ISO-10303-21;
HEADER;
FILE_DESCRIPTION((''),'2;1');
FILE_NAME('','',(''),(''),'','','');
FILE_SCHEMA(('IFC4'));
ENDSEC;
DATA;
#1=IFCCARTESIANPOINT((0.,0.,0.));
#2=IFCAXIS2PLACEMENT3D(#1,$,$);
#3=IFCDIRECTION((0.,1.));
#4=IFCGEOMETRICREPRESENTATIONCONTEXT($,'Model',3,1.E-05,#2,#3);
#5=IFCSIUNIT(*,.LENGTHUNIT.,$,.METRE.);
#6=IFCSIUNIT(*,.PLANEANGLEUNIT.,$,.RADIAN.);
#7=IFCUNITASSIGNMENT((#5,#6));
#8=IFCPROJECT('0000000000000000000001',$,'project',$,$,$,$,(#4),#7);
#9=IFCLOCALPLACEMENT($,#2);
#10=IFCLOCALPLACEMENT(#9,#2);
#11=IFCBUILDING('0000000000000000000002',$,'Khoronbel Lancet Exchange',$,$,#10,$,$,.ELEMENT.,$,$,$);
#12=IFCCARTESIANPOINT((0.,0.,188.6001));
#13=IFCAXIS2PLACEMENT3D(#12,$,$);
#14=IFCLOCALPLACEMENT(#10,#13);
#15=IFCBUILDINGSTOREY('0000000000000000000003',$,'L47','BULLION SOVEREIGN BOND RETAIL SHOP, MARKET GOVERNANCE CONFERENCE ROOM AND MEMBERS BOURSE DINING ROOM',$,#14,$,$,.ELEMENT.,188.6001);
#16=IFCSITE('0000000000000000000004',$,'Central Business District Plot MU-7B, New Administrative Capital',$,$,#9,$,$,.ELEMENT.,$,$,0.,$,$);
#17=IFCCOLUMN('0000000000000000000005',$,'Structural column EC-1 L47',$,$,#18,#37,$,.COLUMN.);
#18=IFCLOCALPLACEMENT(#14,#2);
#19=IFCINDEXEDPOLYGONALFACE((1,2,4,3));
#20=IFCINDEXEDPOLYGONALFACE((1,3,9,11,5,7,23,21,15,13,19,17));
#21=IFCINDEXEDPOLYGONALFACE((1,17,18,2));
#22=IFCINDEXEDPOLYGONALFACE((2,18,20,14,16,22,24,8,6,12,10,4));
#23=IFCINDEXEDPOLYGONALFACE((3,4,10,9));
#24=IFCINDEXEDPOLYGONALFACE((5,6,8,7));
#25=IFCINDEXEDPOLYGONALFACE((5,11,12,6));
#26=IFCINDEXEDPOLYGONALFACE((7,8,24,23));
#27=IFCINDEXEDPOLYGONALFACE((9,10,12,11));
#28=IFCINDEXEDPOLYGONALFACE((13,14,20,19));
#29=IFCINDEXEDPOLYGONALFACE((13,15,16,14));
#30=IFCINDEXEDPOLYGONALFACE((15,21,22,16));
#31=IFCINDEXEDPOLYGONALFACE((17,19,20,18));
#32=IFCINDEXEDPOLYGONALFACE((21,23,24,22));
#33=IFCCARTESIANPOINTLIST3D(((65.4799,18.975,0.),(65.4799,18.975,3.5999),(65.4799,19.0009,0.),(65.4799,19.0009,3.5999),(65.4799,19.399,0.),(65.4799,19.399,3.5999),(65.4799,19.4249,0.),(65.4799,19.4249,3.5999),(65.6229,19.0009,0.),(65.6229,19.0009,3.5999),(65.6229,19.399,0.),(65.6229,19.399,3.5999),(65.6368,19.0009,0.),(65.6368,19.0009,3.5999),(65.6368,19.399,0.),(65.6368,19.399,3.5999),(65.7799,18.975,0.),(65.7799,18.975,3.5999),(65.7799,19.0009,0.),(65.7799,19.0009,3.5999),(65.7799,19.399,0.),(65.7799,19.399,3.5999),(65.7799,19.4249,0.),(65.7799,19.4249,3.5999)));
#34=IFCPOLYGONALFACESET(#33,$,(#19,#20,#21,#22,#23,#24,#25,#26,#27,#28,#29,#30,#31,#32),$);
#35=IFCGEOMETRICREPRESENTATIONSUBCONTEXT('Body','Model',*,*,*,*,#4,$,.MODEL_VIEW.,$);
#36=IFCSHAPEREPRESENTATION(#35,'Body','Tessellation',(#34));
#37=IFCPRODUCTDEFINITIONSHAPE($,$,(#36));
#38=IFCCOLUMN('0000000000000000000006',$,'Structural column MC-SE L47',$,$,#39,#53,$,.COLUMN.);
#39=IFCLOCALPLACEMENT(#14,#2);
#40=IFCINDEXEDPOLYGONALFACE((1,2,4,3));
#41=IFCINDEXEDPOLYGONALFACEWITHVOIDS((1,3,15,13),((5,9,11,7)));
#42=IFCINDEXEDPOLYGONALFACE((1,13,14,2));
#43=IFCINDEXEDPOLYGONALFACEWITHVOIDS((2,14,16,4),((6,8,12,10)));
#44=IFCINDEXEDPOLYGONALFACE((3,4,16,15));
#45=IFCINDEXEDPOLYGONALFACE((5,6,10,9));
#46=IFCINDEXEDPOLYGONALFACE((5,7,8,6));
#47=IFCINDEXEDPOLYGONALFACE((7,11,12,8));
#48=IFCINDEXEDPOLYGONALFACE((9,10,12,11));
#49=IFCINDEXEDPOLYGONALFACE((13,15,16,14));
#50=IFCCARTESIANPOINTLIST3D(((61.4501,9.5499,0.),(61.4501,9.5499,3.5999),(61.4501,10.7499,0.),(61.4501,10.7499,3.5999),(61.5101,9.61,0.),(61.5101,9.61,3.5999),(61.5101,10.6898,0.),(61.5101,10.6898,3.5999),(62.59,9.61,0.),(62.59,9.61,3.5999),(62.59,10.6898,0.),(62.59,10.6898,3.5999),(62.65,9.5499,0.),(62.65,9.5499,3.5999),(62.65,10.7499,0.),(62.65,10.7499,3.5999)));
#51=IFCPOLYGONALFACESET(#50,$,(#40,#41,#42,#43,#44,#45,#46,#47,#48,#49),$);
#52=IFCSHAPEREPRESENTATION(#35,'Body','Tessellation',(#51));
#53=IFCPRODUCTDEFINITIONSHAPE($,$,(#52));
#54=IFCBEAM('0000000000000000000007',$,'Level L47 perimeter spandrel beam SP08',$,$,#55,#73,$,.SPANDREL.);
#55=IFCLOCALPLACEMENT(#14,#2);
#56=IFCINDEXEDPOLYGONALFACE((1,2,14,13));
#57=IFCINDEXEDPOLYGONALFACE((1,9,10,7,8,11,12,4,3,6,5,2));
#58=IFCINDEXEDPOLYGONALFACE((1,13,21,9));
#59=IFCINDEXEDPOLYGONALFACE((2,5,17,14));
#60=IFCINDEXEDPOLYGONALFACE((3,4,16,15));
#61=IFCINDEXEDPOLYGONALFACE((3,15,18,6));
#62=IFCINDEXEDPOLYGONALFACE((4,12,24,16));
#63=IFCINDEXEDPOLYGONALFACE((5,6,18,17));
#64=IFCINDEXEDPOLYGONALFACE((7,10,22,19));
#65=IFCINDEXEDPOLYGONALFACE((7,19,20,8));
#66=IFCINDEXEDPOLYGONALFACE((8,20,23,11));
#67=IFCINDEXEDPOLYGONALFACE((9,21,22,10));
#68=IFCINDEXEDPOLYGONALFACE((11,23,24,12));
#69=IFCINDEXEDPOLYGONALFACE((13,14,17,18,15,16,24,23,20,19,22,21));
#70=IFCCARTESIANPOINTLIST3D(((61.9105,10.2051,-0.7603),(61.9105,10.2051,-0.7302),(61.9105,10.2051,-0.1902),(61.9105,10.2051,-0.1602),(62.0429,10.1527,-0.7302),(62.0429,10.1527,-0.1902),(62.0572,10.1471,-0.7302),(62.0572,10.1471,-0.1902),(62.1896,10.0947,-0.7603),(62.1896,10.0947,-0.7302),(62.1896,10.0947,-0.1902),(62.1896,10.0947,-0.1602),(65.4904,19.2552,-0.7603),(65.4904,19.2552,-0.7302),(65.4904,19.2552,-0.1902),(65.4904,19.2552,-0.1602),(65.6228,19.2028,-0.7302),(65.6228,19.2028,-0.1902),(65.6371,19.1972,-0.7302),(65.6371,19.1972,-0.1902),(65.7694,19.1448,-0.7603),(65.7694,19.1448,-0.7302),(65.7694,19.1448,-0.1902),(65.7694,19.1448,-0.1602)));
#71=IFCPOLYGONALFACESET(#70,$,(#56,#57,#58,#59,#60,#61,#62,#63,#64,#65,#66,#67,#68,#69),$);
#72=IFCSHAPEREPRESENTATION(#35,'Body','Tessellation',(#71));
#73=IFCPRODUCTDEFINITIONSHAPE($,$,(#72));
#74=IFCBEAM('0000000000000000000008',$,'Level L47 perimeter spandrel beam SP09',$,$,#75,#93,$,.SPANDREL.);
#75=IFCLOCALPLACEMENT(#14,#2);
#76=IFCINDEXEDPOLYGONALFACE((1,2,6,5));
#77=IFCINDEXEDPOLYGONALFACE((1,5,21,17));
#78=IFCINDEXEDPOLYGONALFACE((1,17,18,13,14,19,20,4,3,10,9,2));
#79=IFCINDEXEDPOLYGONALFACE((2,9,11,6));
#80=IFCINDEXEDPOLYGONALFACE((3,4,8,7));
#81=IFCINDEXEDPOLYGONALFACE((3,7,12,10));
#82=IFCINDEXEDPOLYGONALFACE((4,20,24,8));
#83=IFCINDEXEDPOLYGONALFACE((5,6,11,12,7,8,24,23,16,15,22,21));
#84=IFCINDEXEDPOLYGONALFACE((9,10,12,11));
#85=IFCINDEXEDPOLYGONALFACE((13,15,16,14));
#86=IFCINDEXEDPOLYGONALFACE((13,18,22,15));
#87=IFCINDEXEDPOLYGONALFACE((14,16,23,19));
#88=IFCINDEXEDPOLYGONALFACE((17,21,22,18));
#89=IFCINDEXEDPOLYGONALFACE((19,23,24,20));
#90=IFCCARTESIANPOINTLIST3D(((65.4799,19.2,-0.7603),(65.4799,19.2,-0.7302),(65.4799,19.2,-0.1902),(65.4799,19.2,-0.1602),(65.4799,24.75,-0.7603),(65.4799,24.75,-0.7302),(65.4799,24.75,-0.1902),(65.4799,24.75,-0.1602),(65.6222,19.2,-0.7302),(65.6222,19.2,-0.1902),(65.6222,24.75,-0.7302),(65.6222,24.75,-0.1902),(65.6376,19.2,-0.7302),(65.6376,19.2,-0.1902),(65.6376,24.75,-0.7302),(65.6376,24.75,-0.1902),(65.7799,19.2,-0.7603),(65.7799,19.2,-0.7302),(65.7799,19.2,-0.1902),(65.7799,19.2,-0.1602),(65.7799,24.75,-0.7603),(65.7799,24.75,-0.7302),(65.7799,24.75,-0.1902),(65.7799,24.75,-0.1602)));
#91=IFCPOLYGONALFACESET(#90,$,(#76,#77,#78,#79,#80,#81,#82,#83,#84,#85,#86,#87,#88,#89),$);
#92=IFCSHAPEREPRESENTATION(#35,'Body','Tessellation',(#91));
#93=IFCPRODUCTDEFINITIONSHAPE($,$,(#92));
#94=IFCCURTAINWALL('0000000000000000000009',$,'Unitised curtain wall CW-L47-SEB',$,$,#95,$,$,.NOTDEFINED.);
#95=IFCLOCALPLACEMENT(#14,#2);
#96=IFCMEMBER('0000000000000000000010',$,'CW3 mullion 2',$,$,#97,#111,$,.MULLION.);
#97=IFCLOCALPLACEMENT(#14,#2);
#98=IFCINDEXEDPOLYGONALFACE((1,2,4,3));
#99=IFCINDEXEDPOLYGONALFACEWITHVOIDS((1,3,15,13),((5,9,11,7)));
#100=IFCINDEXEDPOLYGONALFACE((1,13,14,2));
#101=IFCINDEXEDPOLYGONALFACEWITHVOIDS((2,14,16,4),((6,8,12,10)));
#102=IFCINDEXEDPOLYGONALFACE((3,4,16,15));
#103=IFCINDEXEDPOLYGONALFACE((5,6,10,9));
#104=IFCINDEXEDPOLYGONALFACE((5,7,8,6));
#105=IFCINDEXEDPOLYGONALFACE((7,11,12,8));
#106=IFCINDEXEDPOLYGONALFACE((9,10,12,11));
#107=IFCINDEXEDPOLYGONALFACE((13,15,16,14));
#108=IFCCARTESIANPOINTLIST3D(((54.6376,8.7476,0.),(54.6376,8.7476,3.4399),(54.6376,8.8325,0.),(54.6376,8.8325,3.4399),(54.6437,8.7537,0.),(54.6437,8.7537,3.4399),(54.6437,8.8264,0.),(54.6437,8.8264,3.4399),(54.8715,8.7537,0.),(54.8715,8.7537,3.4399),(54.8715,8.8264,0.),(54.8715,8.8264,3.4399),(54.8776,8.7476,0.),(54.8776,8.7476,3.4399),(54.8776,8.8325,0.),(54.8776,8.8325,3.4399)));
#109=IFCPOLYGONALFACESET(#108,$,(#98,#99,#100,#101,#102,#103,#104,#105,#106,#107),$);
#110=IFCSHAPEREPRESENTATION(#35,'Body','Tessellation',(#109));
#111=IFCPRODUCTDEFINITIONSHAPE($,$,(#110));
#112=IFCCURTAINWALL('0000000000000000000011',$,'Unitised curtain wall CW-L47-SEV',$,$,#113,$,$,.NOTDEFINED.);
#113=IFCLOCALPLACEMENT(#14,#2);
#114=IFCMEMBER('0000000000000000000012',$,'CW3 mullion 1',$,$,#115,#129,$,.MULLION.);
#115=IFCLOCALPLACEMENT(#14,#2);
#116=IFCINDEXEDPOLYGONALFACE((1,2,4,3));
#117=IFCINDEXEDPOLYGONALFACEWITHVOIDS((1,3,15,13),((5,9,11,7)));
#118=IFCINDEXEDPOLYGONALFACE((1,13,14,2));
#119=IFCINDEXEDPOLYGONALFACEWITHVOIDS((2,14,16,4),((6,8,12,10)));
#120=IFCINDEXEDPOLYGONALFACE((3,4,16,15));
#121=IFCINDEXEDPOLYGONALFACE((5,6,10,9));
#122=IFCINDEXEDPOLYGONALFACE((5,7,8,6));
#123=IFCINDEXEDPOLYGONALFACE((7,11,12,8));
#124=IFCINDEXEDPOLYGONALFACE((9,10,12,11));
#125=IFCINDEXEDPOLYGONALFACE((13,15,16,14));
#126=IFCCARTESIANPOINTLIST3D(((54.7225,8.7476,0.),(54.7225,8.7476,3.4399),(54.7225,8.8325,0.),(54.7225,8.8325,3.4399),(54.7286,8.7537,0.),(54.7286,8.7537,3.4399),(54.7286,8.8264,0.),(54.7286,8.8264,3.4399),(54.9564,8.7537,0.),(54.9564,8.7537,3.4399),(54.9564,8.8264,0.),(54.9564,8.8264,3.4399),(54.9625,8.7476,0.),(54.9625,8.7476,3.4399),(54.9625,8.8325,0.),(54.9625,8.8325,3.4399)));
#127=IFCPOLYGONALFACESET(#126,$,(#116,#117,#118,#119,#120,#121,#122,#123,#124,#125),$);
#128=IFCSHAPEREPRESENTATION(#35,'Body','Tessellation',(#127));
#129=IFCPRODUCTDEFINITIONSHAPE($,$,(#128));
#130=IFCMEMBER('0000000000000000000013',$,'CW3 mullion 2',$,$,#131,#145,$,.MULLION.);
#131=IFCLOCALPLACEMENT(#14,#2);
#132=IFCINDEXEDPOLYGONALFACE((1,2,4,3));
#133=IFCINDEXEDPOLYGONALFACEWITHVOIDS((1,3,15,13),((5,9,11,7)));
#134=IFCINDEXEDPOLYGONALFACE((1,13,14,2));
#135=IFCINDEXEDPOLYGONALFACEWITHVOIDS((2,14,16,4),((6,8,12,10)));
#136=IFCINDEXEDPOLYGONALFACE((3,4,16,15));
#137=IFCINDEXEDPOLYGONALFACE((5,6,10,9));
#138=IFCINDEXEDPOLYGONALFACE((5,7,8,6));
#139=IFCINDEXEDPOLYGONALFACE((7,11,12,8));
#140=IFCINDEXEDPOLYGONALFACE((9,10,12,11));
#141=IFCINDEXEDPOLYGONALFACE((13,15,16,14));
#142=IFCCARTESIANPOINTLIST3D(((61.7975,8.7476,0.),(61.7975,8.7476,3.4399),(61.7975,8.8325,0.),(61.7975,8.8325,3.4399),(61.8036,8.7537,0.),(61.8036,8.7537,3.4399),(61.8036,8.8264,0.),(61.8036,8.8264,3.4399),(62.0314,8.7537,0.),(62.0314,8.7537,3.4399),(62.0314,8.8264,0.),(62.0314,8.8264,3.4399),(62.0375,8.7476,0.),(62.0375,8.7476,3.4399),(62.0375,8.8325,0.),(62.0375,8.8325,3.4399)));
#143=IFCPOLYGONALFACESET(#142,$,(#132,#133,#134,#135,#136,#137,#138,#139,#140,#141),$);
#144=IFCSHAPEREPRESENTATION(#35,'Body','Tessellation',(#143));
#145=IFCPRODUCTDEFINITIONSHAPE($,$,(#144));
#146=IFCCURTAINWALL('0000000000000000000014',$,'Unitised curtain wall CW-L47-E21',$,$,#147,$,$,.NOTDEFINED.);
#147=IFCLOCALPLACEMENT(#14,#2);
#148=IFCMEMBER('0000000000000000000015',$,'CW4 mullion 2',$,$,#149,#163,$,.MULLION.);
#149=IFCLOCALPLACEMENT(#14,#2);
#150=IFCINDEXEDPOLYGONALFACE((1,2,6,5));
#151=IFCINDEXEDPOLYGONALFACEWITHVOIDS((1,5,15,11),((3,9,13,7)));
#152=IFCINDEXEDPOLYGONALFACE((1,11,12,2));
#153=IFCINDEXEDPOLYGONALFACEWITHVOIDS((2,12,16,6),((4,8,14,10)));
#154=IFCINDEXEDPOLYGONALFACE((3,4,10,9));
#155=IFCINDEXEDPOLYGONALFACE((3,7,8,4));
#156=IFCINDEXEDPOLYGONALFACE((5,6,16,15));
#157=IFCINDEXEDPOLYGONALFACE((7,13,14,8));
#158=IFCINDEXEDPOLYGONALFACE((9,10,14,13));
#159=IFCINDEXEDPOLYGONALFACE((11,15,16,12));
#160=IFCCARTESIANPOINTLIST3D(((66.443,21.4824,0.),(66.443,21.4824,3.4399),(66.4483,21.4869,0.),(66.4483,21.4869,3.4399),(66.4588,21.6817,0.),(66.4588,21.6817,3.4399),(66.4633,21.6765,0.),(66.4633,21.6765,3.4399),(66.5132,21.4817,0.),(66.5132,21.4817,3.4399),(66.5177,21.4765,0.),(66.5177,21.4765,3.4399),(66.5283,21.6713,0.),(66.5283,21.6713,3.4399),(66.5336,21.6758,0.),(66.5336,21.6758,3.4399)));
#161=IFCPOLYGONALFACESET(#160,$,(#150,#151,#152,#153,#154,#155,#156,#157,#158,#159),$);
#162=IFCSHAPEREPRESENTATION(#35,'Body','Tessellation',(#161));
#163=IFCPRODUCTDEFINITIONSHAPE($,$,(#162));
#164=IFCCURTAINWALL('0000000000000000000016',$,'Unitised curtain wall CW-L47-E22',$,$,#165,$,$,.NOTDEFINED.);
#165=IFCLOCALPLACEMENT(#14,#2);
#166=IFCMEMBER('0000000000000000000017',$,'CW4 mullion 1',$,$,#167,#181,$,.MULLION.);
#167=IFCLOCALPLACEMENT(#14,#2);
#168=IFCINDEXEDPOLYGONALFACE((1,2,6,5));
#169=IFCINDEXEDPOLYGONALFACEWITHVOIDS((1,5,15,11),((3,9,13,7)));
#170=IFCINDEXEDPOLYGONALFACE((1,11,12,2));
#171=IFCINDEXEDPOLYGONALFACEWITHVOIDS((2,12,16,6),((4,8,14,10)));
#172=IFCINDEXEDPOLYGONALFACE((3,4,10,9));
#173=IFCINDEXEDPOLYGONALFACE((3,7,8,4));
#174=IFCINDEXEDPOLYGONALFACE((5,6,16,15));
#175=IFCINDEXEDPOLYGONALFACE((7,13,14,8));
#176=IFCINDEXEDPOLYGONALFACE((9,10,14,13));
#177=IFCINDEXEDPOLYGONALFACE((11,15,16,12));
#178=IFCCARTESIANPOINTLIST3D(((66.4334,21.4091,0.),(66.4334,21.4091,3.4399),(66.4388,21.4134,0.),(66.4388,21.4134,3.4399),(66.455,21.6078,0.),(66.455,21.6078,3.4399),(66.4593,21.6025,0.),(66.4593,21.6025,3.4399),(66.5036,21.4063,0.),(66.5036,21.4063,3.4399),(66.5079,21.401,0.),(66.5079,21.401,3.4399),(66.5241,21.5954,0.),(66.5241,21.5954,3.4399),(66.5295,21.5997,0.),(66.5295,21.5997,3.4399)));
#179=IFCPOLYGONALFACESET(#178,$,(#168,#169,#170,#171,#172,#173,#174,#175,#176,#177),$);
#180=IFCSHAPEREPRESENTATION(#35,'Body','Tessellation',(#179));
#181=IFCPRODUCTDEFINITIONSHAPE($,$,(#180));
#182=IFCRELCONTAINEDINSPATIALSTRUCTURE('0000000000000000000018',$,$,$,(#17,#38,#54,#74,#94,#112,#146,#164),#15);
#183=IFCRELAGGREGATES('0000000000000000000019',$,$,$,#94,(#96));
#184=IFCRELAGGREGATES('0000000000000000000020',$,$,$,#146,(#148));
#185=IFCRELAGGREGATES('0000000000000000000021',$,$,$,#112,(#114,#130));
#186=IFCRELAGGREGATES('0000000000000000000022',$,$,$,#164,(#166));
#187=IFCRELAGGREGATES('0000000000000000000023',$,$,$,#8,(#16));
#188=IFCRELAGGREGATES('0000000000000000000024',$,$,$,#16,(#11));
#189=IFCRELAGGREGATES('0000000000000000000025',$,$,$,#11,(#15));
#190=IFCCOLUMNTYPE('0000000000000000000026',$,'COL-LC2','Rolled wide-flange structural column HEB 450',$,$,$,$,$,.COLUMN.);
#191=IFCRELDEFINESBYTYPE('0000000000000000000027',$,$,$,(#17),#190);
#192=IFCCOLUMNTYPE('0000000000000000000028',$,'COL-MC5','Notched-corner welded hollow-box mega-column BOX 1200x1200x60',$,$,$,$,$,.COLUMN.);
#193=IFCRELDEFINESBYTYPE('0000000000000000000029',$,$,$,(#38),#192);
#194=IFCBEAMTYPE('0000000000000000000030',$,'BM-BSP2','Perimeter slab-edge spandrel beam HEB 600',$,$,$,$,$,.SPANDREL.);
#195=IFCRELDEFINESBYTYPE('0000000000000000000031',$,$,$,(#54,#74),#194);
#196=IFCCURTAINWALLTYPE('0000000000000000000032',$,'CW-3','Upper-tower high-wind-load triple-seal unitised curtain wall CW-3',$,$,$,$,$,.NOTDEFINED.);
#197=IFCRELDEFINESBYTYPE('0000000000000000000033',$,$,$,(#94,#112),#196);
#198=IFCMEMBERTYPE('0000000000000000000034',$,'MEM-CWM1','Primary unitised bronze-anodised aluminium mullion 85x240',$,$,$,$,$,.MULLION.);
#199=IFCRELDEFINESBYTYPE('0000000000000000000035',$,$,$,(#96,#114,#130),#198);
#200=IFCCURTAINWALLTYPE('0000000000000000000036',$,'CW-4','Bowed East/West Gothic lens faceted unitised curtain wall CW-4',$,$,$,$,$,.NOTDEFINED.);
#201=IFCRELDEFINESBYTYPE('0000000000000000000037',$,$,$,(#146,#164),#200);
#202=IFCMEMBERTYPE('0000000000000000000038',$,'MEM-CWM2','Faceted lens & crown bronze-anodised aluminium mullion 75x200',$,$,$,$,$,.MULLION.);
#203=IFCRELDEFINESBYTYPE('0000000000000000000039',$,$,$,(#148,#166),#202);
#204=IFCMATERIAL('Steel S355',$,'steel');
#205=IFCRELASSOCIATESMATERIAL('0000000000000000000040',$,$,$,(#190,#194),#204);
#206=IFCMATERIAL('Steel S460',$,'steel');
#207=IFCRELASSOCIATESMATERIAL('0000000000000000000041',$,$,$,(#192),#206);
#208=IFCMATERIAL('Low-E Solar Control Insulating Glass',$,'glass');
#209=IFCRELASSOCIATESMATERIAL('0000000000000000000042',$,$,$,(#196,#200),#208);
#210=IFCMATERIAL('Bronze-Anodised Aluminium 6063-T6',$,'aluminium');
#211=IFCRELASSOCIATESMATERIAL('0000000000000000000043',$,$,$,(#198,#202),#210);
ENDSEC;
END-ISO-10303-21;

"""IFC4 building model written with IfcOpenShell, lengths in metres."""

from ifc_helpers import new_model, si_unit, direction, frame, origin, origin_2d, place, context, subcontext, project, spatial, hollow_rectangle, i_section, extrude, material, material_profile, profile_set, type_object, element, aggregate, save


model = new_model("IFC4")

# Units and contexts
model_context = context("Model", 3, precision=1e-05, world=origin(), true_north=direction((0.0, 1.0)))
body_context = subcontext(model_context, "Body", "Model", "MODEL_VIEW")
ifc_project = project(units=[si_unit("LENGTHUNIT", "METRE"), si_unit("PLANEANGLEUNIT", "RADIAN")], contexts=[model_context])

# Site, building, storey
site_placement = place(None, origin())
site = spatial("IfcSite", under=ifc_project, at=site_placement, Name="Central Business District Plot MU-7B, New Administrative Capital", CompositionType="ELEMENT", RefElevation=0.0)
building_placement = place(site_placement, origin())
building = spatial("IfcBuilding", under=site, at=building_placement, Name="Khoronbel Lancet Exchange", CompositionType="ELEMENT")
storey_placement = place(building_placement, frame((0.0, 0.0, 188.6001)))
storey = spatial("IfcBuildingStorey", under=building, at=storey_placement, Name="L47", Description="BULLION SOVEREIGN BOND RETAIL SHOP, MARKET GOVERNANCE CONFERENCE ROOM AND MEMBERS BOURSE DINING ROOM", CompositionType="ELEMENT", Elevation=188.6001)

# Columns
ifc_material_1 = material(Name="Steel S355", Category="steel")
ifc_material_profile_1 = material_profile(ifc_material_1, i_section(OverallWidth=0.3, OverallDepth=0.45, WebThickness=0.0139, FlangeThickness=0.0259, at=origin_2d()), Name="HEB 450")
ifc_profile_set_1 = profile_set([ifc_material_profile_1], Name="Steel S355")
column_type_1 = type_object("IfcColumnType", Name="COL-LC2", Description="Rolled wide-flange structural column HEB 450", PredefinedType="COLUMN", material=ifc_profile_set_1)
column_1_placement = place(storey_placement, frame((65.6299, 19.2, 0.0), z_axis=(0.0, 0.0, 1.0), x_axis=(1.0, 0.0, 0.0)))
element("IfcColumn", 1, at=column_1_placement, inside=storey, type_object=column_type_1, Name="Structural column EC-1 L47", PredefinedType="COLUMN", context=body_context, shape_type="SweptSolid", body=[
    extrude(i_section(OverallWidth=0.3, OverallDepth=0.45, WebThickness=0.0139, FlangeThickness=0.0259, at=origin_2d()), origin(), (0.0, 0.0, 1.0), 3.5999),
])
ifc_material_2 = material(Name="Steel S460", Category="steel")
ifc_material_profile_2 = material_profile(ifc_material_2, hollow_rectangle(XDim=1.2, YDim=1.2, WallThickness=0.0601, at=origin_2d()), Name="BOX 1200x1200x60")
ifc_profile_set_2 = profile_set([ifc_material_profile_2], Name="Steel S460")
column_type_2 = type_object("IfcColumnType", Name="COL-MC5", Description="Notched-corner welded hollow-box mega-column BOX 1200x1200x60", PredefinedType="COLUMN", material=ifc_profile_set_2)
column_2_placement = place(storey_placement, frame((62.05, 10.1499, 0.0), z_axis=(0.0, 0.0, 1.0), x_axis=(1.0, 0.0, 0.0)))
element("IfcColumn", 2, at=column_2_placement, inside=storey, type_object=column_type_2, Name="Structural column MC-SE L47", PredefinedType="COLUMN", context=body_context, shape_type="SweptSolid", body=[
    extrude(hollow_rectangle(XDim=1.2, YDim=1.2, WallThickness=0.0601, at=origin_2d()), origin(), (0.0, 0.0, 1.0), 3.5999),
])

# Beams
ifc_material_profile_3 = material_profile(ifc_material_1, i_section(OverallWidth=0.3, OverallDepth=0.6001, WebThickness=0.0154, FlangeThickness=0.03, at=origin_2d()), Name="HEB 600")
ifc_profile_set_3 = profile_set([ifc_material_profile_3], Name="Steel S355")
beam_type = type_object("IfcBeamType", Name="BM-BSP2", Description="Perimeter slab-edge spandrel beam HEB 600", PredefinedType="SPANDREL", material=ifc_profile_set_3)
beam_1_placement = place(storey_placement, frame((62.05, 10.1499, -0.4602), z_axis=(0.367828, 0.929894, 0.0), x_axis=(-0.929894, 0.367828, 0.0)))
element("IfcBeam", 3, at=beam_1_placement, inside=storey, type_object=beam_type, Name="Level L47 perimeter spandrel beam SP08", PredefinedType="SPANDREL", context=body_context, shape_type="SweptSolid", body=[
    extrude(i_section(OverallWidth=0.3, OverallDepth=0.6001, WebThickness=0.0154, FlangeThickness=0.03, at=origin_2d()), origin(), (0.0, 0.0, 1.0), 9.7324),
])
beam_2_placement = place(storey_placement, frame((65.6299, 19.2, -0.4602), z_axis=(0.0, 1.0, 0.0), x_axis=(-1.0, 0.0, 0.0)))
element("IfcBeam", 4, at=beam_2_placement, inside=storey, type_object=beam_type, Name="Level L47 perimeter spandrel beam SP09", PredefinedType="SPANDREL", context=body_context, shape_type="SweptSolid", body=[
    extrude(i_section(OverallWidth=0.3, OverallDepth=0.6001, WebThickness=0.0154, FlangeThickness=0.03, at=origin_2d()), origin(), (0.0, 0.0, 1.0), 5.55),
])

# Curtain wall, member
ifc_material_3 = material(Name="Low-E Solar Control Insulating Glass", Category="glass")
curtain_wall_type_1 = type_object("IfcCurtainWallType", Name="CW-3", Description="Upper-tower high-wind-load triple-seal unitised curtain wall CW-3", PredefinedType="NOTDEFINED", material=ifc_material_3)
curtain_wall_1_placement = place(storey_placement, origin())
curtain_wall_1 = element("IfcCurtainWall", 5, at=curtain_wall_1_placement, inside=storey, type_object=curtain_wall_type_1, Name="Unitised curtain wall CW-L47-SEB", PredefinedType="NOTDEFINED")
ifc_material_4 = material(Name="Bronze-Anodised Aluminium 6063-T6", Category="aluminium")
ifc_material_profile_4 = material_profile(ifc_material_4, hollow_rectangle(XDim=0.085, YDim=0.24, WallThickness=0.0061, at=origin_2d()), Name="ALU MULLION 85x240")
ifc_profile_set_4 = profile_set([ifc_material_profile_4], Name="Bronze-Anodised Aluminium 6063-T6")
member_type_1 = type_object("IfcMemberType", Name="MEM-CWM1", Description="Primary unitised bronze-anodised aluminium mullion 85x240", PredefinedType="MULLION", material=ifc_profile_set_4)
member_1_placement = place(storey_placement, frame((54.7576, 8.79, 0.0), z_axis=(0.0, 0.0, 1.0), x_axis=(0.0, 1.0, 0.0)))
member_1 = element("IfcMember", 6, at=member_1_placement, type_object=member_type_1, Name="CW3 mullion 2", PredefinedType="MULLION", context=body_context, shape_type="SweptSolid", body=[
    extrude(hollow_rectangle(XDim=0.085, YDim=0.24, WallThickness=0.0061, at=origin_2d()), origin(), (0.0, 0.0, 1.0), 3.4399),
])
aggregate(curtain_wall_1, [member_1])

# Curtain wall, members
curtain_wall_2_placement = place(storey_placement, origin())
curtain_wall_2 = element("IfcCurtainWall", 7, at=curtain_wall_2_placement, inside=storey, type_object=curtain_wall_type_1, Name="Unitised curtain wall CW-L47-SEV", PredefinedType="NOTDEFINED")
member_2_placement = place(storey_placement, frame((54.8425, 8.79, 0.0), z_axis=(0.0, 0.0, 1.0), x_axis=(0.0, 1.0, 0.0)))
member_2 = element("IfcMember", 8, at=member_2_placement, type_object=member_type_1, Name="CW3 mullion 1", PredefinedType="MULLION", context=body_context, shape_type="SweptSolid", body=[
    extrude(hollow_rectangle(XDim=0.085, YDim=0.24, WallThickness=0.0061, at=origin_2d()), origin(), (0.0, 0.0, 1.0), 3.4399),
])
member_3_placement = place(storey_placement, frame((61.9175, 8.79, 0.0), z_axis=(0.0, 0.0, 1.0), x_axis=(0.0, 1.0, 0.0)))
member_3 = element("IfcMember", 9, at=member_3_placement, type_object=member_type_1, Name="CW3 mullion 2", PredefinedType="MULLION", context=body_context, shape_type="SweptSolid", body=[
    extrude(hollow_rectangle(XDim=0.085, YDim=0.24, WallThickness=0.0061, at=origin_2d()), origin(), (0.0, 0.0, 1.0), 3.4399),
])

# Curtain wall, member
curtain_wall_type_2 = type_object("IfcCurtainWallType", Name="CW-4", Description="Bowed East/West Gothic lens faceted unitised curtain wall CW-4", PredefinedType="NOTDEFINED", material=ifc_material_3)
curtain_wall_3_placement = place(storey_placement, origin())
curtain_wall_3 = element("IfcCurtainWall", 10, at=curtain_wall_3_placement, inside=storey, type_object=curtain_wall_type_2, Name="Unitised curtain wall CW-L47-E21", PredefinedType="NOTDEFINED")
ifc_material_profile_5 = material_profile(ifc_material_4, hollow_rectangle(XDim=0.075, YDim=0.2, WallThickness=0.0049, at=origin_2d()), Name="ALU MULLION 75x200")
ifc_profile_set_5 = profile_set([ifc_material_profile_5], Name="Bronze-Anodised Aluminium 6063-T6")
member_type_2 = type_object("IfcMemberType", Name="MEM-CWM2", Description="Faceted lens & crown bronze-anodised aluminium mullion 75x200", PredefinedType="MULLION", material=ifc_profile_set_5)
member_4_placement = place(storey_placement, frame((66.4883, 21.5791, 0.0), z_axis=(0.0, 0.0, 1.0), x_axis=(0.996854, -0.079255, 0.0)))
member_4 = element("IfcMember", 11, at=member_4_placement, type_object=member_type_2, Name="CW4 mullion 2", PredefinedType="MULLION", context=body_context, shape_type="SweptSolid", body=[
    extrude(hollow_rectangle(XDim=0.075, YDim=0.2, WallThickness=0.0049, at=origin_2d()), origin(), (0.0, 0.0, 1.0), 3.4399),
])
aggregate(curtain_wall_3, [member_4])

# Curtain wall, member
curtain_wall_4_placement = place(storey_placement, origin())
curtain_wall_4 = element("IfcCurtainWall", 12, at=curtain_wall_4_placement, inside=storey, type_object=curtain_wall_type_2, Name="Unitised curtain wall CW-L47-E22", PredefinedType="NOTDEFINED")
member_5_placement = place(storey_placement, frame((66.4814, 21.5044, 0.0), z_axis=(0.0, 0.0, 1.0), x_axis=(0.994152, -0.10799, 0.0)))
member_5 = element("IfcMember", 13, at=member_5_placement, type_object=member_type_2, Name="CW4 mullion 1", PredefinedType="MULLION", context=body_context, shape_type="SweptSolid", body=[
    extrude(hollow_rectangle(XDim=0.075, YDim=0.2, WallThickness=0.0049, at=origin_2d()), origin(), (0.0, 0.0, 1.0), 3.4399),
])

aggregate(curtain_wall_2, [member_2, member_3])
aggregate(curtain_wall_4, [member_5])

save(model, "model.ifc")
